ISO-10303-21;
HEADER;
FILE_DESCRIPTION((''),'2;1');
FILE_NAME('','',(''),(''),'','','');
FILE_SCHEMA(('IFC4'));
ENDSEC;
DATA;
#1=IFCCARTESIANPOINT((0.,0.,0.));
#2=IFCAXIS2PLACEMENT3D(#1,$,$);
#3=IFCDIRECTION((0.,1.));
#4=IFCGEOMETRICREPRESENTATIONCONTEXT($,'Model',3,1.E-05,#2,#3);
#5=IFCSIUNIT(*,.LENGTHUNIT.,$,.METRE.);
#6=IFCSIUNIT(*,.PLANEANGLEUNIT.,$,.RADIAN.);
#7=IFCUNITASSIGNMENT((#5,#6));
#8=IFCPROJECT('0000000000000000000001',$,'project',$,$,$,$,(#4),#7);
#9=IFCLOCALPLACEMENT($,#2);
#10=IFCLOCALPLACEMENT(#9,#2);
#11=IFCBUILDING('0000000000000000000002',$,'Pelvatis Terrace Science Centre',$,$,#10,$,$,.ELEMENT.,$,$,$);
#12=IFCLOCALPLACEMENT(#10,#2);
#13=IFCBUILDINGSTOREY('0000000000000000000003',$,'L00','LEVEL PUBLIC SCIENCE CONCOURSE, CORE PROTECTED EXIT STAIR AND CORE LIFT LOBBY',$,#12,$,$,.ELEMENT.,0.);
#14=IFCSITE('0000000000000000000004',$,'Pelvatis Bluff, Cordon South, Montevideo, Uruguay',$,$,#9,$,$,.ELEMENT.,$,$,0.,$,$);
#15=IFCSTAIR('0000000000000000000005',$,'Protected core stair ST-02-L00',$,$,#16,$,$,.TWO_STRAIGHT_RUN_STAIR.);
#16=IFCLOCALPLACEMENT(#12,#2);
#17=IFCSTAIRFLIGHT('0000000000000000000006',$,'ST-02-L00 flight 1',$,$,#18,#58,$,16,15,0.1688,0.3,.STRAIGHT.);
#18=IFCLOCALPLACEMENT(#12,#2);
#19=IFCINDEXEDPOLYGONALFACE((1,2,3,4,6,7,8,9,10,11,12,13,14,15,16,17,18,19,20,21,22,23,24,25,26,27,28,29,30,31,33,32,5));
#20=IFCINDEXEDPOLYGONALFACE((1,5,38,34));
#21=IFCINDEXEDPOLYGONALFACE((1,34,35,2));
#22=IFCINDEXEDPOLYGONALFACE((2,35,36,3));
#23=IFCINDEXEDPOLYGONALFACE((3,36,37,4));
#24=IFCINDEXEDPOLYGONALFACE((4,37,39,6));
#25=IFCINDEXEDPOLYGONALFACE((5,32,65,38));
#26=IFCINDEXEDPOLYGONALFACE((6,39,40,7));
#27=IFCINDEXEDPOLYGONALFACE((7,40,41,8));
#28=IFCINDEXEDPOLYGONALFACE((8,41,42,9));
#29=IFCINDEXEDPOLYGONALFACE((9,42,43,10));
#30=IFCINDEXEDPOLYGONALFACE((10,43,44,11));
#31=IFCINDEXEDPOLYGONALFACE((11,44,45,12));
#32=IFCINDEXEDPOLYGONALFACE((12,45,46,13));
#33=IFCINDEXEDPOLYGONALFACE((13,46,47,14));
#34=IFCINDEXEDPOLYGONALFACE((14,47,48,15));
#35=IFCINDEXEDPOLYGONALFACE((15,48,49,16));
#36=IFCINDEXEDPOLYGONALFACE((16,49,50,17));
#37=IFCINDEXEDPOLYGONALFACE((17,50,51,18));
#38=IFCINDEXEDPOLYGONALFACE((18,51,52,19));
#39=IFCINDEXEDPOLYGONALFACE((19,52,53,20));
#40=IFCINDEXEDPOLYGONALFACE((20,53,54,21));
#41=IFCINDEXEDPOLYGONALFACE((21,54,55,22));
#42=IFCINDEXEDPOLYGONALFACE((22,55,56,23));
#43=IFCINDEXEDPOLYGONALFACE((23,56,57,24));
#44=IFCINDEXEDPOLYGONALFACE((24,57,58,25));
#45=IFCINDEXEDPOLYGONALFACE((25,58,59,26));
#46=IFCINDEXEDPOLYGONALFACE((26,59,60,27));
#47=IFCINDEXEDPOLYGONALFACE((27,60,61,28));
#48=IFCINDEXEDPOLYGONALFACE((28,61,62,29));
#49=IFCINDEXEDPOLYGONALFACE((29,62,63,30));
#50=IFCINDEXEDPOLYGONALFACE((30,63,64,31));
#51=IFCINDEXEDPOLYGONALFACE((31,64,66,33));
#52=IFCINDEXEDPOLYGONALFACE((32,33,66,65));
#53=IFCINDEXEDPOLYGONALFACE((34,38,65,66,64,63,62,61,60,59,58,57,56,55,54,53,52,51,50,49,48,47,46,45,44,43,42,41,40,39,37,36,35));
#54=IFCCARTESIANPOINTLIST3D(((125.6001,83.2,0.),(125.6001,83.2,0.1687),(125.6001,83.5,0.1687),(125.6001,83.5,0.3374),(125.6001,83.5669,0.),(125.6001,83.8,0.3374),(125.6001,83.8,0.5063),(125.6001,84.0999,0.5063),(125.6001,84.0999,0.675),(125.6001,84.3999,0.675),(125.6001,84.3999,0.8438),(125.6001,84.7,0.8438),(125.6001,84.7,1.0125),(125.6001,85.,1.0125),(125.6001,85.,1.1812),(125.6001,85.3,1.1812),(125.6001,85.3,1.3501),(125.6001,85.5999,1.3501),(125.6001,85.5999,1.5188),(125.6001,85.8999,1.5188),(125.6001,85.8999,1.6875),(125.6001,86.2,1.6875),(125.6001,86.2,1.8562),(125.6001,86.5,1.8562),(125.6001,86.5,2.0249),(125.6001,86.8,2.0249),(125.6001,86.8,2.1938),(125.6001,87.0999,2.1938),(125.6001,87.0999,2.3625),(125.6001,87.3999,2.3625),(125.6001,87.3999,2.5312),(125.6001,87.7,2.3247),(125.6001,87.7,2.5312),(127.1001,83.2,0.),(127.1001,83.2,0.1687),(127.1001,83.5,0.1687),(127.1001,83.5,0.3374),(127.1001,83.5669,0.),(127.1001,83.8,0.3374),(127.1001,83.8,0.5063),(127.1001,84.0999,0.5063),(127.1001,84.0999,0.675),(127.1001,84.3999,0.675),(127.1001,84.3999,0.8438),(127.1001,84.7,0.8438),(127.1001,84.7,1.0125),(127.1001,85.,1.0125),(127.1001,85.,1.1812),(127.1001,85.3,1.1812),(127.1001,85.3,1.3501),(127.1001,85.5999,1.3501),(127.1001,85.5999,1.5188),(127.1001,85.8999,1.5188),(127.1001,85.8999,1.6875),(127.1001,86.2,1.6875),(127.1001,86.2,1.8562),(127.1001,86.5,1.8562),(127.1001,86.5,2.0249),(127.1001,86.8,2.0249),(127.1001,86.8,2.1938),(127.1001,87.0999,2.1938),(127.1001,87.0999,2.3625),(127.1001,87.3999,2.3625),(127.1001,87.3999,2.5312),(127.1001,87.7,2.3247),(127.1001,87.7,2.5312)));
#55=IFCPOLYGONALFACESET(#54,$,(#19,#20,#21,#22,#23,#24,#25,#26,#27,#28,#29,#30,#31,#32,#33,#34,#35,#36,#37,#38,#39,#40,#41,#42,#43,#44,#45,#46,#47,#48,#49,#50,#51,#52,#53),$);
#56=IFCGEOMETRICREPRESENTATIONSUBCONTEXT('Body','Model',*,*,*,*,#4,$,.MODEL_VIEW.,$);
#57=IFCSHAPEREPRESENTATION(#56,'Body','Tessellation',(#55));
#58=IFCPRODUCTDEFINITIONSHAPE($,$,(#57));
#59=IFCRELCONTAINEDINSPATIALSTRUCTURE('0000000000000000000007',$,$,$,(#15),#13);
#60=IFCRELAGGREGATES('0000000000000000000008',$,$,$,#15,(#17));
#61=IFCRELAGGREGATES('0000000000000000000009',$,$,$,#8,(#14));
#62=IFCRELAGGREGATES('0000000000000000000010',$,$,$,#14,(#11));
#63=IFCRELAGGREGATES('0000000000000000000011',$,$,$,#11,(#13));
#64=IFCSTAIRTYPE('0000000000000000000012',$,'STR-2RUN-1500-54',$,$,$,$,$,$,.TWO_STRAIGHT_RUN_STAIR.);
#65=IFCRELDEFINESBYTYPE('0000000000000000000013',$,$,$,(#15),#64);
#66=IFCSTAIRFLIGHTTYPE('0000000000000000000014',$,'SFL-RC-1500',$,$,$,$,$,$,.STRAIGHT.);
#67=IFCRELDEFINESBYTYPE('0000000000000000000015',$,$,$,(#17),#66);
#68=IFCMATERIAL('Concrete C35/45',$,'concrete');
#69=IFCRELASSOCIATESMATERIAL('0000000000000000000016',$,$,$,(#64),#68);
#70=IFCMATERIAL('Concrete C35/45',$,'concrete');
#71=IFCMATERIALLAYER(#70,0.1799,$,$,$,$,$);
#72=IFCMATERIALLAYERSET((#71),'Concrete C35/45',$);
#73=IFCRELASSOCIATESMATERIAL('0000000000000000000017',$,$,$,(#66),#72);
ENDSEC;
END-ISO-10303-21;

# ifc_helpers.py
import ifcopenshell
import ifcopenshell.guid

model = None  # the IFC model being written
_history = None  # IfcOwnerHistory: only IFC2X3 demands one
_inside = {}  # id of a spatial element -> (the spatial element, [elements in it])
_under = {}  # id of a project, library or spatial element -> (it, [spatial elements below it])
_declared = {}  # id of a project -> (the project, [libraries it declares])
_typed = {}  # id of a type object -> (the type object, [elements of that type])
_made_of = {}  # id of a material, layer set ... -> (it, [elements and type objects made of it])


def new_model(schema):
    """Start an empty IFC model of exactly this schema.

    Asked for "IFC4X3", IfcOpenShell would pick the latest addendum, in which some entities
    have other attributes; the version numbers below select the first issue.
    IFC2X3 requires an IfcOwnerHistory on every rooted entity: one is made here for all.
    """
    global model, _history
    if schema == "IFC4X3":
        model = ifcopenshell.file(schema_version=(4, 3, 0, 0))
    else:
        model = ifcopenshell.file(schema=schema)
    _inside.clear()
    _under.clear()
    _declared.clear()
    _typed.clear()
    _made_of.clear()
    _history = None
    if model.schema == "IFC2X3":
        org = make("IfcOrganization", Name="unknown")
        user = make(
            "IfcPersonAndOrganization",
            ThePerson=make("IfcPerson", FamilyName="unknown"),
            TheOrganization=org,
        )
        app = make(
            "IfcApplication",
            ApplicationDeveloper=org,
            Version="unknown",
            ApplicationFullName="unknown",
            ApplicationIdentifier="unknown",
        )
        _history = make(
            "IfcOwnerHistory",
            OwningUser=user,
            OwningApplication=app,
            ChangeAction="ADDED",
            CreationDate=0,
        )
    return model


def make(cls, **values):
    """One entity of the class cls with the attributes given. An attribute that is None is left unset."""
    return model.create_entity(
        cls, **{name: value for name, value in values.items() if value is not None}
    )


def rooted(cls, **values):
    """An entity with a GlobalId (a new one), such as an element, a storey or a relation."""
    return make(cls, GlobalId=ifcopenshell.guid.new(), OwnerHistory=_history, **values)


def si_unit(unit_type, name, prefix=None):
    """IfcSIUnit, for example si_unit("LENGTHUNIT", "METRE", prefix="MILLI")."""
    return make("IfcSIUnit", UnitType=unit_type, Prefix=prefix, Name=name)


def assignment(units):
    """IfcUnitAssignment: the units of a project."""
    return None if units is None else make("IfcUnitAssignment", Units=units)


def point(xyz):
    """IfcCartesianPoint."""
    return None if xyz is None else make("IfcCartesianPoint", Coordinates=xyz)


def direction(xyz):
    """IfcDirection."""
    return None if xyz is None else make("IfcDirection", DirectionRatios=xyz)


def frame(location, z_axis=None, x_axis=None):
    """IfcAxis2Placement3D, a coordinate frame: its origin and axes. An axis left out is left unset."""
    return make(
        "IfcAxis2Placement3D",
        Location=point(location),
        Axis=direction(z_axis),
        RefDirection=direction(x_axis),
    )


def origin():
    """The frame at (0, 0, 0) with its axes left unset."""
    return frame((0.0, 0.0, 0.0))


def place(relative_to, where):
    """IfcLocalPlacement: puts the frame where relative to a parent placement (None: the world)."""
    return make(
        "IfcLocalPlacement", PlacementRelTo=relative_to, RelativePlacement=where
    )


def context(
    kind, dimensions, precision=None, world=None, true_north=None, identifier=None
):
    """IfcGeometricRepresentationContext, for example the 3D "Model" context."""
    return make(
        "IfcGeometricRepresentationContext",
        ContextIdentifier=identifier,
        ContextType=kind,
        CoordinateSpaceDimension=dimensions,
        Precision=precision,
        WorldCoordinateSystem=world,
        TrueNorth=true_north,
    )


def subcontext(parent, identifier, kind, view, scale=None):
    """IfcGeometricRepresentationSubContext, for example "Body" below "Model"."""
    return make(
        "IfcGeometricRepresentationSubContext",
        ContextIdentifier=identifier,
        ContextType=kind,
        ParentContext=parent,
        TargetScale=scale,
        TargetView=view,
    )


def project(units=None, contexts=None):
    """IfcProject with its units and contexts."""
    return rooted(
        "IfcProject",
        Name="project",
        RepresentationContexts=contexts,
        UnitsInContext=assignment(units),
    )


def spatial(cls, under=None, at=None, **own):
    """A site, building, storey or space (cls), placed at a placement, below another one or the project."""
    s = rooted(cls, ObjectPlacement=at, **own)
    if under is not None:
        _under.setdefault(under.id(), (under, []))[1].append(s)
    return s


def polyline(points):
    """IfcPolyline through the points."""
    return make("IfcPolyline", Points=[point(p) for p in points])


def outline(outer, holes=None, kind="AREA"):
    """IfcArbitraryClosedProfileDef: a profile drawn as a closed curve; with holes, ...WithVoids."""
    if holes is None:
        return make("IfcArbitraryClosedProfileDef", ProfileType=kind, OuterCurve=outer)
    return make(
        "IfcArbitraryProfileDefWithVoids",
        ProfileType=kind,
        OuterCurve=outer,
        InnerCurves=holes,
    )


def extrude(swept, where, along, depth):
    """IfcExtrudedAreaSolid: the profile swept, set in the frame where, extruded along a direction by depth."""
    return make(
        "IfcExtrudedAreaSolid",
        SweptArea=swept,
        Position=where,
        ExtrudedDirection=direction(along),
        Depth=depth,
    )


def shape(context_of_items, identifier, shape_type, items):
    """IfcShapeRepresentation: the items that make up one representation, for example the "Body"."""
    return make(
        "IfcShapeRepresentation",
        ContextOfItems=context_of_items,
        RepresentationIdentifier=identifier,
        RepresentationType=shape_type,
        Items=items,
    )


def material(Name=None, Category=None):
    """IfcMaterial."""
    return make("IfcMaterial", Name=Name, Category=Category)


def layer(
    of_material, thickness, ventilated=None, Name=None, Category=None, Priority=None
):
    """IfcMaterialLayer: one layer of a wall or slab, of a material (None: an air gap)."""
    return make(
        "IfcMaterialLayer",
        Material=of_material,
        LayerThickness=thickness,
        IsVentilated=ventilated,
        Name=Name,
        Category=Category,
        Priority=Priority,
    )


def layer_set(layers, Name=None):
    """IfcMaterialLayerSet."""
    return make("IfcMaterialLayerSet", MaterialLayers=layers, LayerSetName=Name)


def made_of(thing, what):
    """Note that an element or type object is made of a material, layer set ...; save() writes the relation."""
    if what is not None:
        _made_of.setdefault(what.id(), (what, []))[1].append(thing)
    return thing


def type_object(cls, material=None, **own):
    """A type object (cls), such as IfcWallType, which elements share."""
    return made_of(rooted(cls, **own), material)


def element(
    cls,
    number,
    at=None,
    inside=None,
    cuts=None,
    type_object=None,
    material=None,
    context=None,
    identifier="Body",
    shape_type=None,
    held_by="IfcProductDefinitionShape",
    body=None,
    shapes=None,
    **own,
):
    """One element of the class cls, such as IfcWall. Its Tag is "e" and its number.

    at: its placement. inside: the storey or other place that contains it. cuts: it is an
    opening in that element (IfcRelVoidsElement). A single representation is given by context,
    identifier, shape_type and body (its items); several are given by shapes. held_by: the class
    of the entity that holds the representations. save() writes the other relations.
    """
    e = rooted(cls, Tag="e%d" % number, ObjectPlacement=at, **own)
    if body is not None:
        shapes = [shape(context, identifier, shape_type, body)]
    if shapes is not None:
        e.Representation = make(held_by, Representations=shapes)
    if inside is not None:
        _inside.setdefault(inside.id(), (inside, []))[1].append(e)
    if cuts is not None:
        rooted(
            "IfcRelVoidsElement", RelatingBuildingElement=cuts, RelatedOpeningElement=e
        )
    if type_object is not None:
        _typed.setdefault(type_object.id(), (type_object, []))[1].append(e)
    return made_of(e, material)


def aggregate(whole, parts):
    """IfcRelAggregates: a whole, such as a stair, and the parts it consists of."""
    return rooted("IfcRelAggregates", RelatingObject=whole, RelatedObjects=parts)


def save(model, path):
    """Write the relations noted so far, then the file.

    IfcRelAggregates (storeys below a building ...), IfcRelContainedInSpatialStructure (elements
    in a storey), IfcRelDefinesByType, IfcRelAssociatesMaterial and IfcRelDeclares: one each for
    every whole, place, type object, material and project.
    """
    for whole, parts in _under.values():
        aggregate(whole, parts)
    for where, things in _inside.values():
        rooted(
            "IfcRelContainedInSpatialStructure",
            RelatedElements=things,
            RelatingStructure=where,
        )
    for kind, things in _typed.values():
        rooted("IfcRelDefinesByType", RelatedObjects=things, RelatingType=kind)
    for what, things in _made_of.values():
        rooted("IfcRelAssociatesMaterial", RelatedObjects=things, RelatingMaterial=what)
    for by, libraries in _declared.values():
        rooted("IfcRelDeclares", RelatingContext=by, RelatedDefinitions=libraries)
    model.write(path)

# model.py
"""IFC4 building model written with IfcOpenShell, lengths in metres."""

from ifc_helpers import new_model, si_unit, direction, frame, origin, place, context, subcontext, project, spatial, polyline, outline, extrude, material, layer, layer_set, type_object, element, aggregate, save


model = new_model("IFC4")

# Units and contexts
model_context = context("Model", 3, precision=1e-05, world=origin(), true_north=direction((0.0, 1.0)))
body_context = subcontext(model_context, "Body", "Model", "MODEL_VIEW")
ifc_project = project(units=[si_unit("LENGTHUNIT", "METRE"), si_unit("PLANEANGLEUNIT", "RADIAN")], contexts=[model_context])

# Site, building, storey
site_placement = place(None, origin())
site = spatial("IfcSite", under=ifc_project, at=site_placement, Name="Pelvatis Bluff, Cordon South, Montevideo, Uruguay", CompositionType="ELEMENT", RefElevation=0.0)
building_placement = place(site_placement, origin())
building = spatial("IfcBuilding", under=site, at=building_placement, Name="Pelvatis Terrace Science Centre", CompositionType="ELEMENT")
storey_placement = place(building_placement, origin())
storey = spatial("IfcBuildingStorey", under=building, at=storey_placement, Name="L00", Description="LEVEL PUBLIC SCIENCE CONCOURSE, CORE PROTECTED EXIT STAIR AND CORE LIFT LOBBY", CompositionType="ELEMENT", Elevation=0.0)

# Stair, stair flight
ifc_material_1 = material(Name="Concrete C35/45", Category="concrete")
stair_type = type_object("IfcStairType", Name="STR-2RUN-1500-54", PredefinedType="TWO_STRAIGHT_RUN_STAIR", material=ifc_material_1)
stair_placement = place(storey_placement, origin())
stair = element("IfcStair", 1, at=stair_placement, inside=storey, type_object=stair_type, Name="Protected core stair ST-02-L00", PredefinedType="TWO_STRAIGHT_RUN_STAIR")
ifc_material_2 = material(Name="Concrete C35/45", Category="concrete")
ifc_layer_1 = layer(ifc_material_2, 0.1799)
ifc_layer_set_1 = layer_set([ifc_layer_1], Name="Concrete C35/45")
stair_flight_type = type_object("IfcStairFlightType", Name="SFL-RC-1500", PredefinedType="STRAIGHT", material=ifc_layer_set_1)
stair_flight_placement = place(storey_placement, frame((126.3501, 83.2, 0.0), z_axis=(0.0, 0.0, 1.0), x_axis=(0.0, 1.0, 0.0)))
stair_flight = element("IfcStairFlight", 2, at=stair_flight_placement, type_object=stair_flight_type, Name="ST-02-L00 flight 1", NumberOfRisers=16, NumberOfTreads=15, PredefinedType="STRAIGHT", RiserHeight=0.1688, TreadLength=0.3, context=body_context, shape_type="SweptSolid", body=[
    extrude(outline(polyline([(0.0, 0.0), (0.0, 0.1687), (0.3, 0.1687), (0.3, 0.3374), (0.6001, 0.3374), (0.6001, 0.5063), (0.8999, 0.5063), (0.8999, 0.675), (1.2, 0.675), (1.2, 0.8438), (1.5, 0.8438), (1.5, 1.0125), (1.8, 1.0125), (1.8, 1.1812), (2.1001, 1.1812), (2.1001, 1.3501), (2.3999, 1.3501), (2.3999, 1.5188), (2.7, 1.5188), (2.7, 1.6875), (3.0, 1.6875), (3.0, 1.8562), (3.3, 1.8562), (3.3, 2.0249), (3.6001, 2.0249), (3.6001, 2.1938), (3.8999, 2.1938), (3.8999, 2.3625), (4.2, 2.3625), (4.2, 2.5312), (4.5, 2.5312), (4.5, 2.7), (4.5, 2.3247), (0.3669, 0.0), (0.0, 0.0)])), frame((0.0, 0.75, 0.0), z_axis=(0.0, -1.0, 0.0), x_axis=(1.0, 0.0, 0.0)), (0.0, 0.0, 1.0), 1.5),
])
aggregate(stair, [stair_flight])

save(model, "model.ifc")
